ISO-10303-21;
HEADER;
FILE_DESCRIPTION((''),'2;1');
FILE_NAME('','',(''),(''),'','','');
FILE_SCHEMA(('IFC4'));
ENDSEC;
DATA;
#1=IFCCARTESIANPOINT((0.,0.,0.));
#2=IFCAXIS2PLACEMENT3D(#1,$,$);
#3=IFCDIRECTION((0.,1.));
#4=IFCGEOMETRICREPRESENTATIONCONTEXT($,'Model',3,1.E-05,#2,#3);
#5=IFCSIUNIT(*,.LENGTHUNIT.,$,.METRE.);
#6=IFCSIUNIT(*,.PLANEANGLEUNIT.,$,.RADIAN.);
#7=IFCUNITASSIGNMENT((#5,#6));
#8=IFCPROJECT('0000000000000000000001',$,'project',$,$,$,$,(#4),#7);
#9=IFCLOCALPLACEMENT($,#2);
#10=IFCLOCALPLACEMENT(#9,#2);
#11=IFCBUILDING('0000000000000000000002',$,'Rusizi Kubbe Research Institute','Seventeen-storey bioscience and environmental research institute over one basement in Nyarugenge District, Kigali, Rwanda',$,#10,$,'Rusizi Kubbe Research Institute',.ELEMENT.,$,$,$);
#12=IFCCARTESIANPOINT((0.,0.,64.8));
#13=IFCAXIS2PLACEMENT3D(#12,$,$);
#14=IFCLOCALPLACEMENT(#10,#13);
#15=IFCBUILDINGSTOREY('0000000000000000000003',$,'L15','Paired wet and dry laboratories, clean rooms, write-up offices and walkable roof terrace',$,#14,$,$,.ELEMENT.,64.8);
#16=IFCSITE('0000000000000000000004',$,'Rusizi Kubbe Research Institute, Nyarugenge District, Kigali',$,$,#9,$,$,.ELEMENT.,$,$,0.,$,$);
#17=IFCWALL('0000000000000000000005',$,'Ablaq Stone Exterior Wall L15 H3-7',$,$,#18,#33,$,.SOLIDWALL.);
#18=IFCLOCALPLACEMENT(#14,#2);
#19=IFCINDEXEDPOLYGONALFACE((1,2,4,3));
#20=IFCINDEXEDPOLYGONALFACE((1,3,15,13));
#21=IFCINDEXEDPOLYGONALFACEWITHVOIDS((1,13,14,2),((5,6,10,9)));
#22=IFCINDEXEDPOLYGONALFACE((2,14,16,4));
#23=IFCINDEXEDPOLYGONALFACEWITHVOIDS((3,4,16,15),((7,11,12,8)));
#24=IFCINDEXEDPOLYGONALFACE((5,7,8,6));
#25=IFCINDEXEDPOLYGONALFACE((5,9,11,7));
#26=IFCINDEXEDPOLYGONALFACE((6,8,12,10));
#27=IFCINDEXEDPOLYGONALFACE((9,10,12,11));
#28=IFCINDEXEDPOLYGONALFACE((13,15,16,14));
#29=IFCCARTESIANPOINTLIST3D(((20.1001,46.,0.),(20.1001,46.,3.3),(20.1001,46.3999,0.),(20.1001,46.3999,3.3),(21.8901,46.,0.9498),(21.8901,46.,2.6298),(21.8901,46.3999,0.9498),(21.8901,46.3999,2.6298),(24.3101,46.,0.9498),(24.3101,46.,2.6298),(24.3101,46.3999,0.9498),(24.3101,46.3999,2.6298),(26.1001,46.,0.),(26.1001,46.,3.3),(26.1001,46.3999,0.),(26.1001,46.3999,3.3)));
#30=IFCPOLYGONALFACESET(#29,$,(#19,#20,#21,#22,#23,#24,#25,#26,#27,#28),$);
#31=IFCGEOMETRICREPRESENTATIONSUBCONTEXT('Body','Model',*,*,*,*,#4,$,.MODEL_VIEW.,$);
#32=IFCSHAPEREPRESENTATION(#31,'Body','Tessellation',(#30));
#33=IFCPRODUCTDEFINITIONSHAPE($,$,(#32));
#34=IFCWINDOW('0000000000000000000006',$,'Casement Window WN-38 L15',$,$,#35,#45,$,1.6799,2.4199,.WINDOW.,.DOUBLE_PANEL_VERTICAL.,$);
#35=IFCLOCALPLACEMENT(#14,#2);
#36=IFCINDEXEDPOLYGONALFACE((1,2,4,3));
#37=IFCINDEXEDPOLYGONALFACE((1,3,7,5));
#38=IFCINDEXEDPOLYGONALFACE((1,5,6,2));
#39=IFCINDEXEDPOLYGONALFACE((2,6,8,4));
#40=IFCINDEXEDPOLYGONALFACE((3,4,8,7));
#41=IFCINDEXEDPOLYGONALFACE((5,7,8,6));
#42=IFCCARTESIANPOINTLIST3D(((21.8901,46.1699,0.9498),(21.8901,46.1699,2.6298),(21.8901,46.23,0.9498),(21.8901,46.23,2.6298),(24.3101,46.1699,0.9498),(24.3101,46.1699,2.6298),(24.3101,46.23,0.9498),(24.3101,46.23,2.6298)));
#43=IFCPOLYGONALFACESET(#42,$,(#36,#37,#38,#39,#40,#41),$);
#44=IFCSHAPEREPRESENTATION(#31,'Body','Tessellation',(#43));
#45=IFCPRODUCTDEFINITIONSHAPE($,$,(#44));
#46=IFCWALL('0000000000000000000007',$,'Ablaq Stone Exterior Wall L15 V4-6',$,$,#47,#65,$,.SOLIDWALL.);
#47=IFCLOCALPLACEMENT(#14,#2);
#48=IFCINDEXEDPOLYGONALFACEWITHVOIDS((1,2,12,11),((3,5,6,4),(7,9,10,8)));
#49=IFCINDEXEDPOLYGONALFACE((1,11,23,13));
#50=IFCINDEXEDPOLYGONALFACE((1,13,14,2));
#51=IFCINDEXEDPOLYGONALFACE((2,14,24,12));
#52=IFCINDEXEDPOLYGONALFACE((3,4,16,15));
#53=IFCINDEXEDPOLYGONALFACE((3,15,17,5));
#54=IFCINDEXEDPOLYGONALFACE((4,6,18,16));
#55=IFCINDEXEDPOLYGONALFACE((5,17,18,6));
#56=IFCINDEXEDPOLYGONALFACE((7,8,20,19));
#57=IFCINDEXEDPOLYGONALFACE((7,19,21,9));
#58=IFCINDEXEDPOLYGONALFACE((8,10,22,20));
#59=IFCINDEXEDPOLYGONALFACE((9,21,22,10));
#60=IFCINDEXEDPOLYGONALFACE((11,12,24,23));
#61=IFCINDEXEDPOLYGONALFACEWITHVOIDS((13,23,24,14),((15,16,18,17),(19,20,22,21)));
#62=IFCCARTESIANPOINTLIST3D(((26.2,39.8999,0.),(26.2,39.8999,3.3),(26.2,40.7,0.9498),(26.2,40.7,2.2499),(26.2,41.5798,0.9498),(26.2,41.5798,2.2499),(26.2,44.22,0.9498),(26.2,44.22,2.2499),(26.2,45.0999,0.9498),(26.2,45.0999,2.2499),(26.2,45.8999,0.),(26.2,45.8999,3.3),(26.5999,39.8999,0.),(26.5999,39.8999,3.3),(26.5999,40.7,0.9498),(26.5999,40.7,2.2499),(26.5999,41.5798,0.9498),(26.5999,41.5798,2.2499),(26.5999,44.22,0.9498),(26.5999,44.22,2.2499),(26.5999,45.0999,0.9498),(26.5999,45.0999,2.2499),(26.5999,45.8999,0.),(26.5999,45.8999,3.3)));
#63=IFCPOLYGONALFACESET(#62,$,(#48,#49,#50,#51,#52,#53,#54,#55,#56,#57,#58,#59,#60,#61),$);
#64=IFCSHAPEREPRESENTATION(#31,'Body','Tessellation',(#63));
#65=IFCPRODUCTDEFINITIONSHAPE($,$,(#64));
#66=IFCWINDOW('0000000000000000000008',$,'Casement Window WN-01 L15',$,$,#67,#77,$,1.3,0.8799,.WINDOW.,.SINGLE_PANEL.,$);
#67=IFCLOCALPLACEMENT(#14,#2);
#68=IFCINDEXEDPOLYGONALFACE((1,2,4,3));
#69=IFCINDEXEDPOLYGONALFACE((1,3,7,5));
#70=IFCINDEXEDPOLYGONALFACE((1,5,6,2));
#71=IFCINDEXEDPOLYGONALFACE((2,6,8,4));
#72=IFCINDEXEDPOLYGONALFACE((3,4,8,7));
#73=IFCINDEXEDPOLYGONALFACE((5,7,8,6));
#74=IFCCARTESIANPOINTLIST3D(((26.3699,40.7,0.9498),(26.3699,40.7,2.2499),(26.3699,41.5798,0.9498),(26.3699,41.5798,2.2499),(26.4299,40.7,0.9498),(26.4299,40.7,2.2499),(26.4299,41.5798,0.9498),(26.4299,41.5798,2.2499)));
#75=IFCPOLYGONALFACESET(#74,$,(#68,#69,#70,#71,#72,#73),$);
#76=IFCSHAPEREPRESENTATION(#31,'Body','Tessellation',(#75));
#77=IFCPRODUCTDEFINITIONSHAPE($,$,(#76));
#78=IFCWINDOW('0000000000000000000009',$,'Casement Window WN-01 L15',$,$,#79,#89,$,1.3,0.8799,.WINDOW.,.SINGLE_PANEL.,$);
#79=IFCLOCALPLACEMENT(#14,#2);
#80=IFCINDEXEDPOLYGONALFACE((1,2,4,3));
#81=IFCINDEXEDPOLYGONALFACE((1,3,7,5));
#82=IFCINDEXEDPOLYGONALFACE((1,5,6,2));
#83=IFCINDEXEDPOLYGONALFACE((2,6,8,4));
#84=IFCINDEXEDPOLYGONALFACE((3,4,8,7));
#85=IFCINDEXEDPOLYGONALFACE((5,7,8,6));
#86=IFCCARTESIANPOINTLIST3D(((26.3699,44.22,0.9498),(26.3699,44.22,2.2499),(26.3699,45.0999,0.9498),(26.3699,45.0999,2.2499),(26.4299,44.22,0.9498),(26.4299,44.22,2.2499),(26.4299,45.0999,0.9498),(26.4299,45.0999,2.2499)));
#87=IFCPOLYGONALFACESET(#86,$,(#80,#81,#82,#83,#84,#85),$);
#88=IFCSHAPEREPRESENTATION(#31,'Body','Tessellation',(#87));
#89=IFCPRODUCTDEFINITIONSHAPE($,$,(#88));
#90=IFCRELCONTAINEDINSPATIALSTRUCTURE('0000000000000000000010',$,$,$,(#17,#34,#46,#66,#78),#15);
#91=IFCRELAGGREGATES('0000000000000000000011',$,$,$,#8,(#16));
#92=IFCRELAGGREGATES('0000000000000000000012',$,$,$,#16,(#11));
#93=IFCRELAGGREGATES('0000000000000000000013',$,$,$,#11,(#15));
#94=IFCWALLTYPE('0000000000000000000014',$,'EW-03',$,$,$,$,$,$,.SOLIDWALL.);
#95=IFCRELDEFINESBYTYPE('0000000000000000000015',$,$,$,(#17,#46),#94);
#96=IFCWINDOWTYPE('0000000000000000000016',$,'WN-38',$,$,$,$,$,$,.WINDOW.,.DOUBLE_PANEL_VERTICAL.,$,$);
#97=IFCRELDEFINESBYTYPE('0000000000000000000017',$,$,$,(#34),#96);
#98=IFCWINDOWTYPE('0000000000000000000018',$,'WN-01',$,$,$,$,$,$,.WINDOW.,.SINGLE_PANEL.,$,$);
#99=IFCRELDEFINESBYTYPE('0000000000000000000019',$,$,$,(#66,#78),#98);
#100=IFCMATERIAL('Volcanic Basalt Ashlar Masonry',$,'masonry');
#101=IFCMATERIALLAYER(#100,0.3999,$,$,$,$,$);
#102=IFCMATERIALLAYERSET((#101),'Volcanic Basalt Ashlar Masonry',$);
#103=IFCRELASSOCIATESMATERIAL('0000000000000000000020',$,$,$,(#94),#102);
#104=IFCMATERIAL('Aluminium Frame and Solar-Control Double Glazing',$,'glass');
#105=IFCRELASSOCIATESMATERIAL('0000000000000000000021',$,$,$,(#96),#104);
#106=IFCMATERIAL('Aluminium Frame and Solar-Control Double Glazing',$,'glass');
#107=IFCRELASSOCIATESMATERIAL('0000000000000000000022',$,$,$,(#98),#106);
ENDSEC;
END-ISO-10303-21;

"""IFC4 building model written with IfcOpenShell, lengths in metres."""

from ifc_helpers import new_model, si_unit, direction, frame, frame_2d, origin, place, context, subcontext, project, spatial, rectangle, extrude, material, layer, layer_set, type_object, element, fill, save


model = new_model("IFC4")

# Units and contexts
model_context = context("Model", 3, precision=1e-05, world=origin(), true_north=direction((0.0, 1.0)))
body_context = subcontext(model_context, "Body", "Model", "MODEL_VIEW")
ifc_project = project(units=[si_unit("LENGTHUNIT", "METRE"), si_unit("PLANEANGLEUNIT", "RADIAN")], contexts=[model_context])

# Site, building, storey
site_placement = place(None, origin())
site = spatial("IfcSite", under=ifc_project, at=site_placement, Name="Rusizi Kubbe Research Institute, Nyarugenge District, Kigali", CompositionType="ELEMENT", RefElevation=0.0)
building_placement = place(site_placement, origin())
building = spatial("IfcBuilding", under=site, at=building_placement, Name="Rusizi Kubbe Research Institute", Description="Seventeen-storey bioscience and environmental research institute over one basement in Nyarugenge District, Kigali, Rwanda", LongName="Rusizi Kubbe Research Institute", CompositionType="ELEMENT")
storey_placement = place(building_placement, frame((0.0, 0.0, 64.8)))
storey = spatial("IfcBuildingStorey", under=building, at=storey_placement, Name="L15", Description="Paired wet and dry laboratories, clean rooms, write-up offices and walkable roof terrace", CompositionType="ELEMENT", Elevation=64.8)

# Wall, opening, window
ifc_material_1 = material(Name="Volcanic Basalt Ashlar Masonry", Category="masonry")
ifc_layer_1 = layer(ifc_material_1, 0.3999)
ifc_layer_set_1 = layer_set([ifc_layer_1], Name="Volcanic Basalt Ashlar Masonry")
wall_type_1 = type_object("IfcWallType", Name="EW-03", PredefinedType="SOLIDWALL", material=ifc_layer_set_1)
wall_1_placement = place(storey_placement, frame((20.1001, 46.2, 0.0), z_axis=(0.0, 0.0, 1.0), x_axis=(1.0, 0.0, 0.0)))
wall_1 = element("IfcWall", 1, at=wall_1_placement, inside=storey, type_object=wall_type_1, Name="Ablaq Stone Exterior Wall L15 H3-7", PredefinedType="SOLIDWALL", context=body_context, shape_type="SweptSolid", body=[
    extrude(rectangle(XDim=6.0, YDim=0.3999, at=frame_2d((3.0, 0.0))), origin(), (0.0, 0.0, 1.0), 3.3),
])
opening_1_placement = place(wall_1_placement, frame((1.79, 0.0, 0.95)))
opening_1 = element("IfcOpeningElement", 2, at=opening_1_placement, cuts=wall_1, PredefinedType="OPENING", context=body_context, shape_type="SweptSolid", body=[
    extrude(rectangle(XDim=2.4199, YDim=1.6799, at=frame_2d((1.21, 0.8398))), frame((0.0, 0.21, 0.0), z_axis=(0.0, -1.0, 0.0), x_axis=(1.0, 0.0, 0.0)), (0.0, 0.0, 1.0), 0.4199),
])
ifc_material_2 = material(Name="Aluminium Frame and Solar-Control Double Glazing", Category="glass")
window_type_1 = type_object("IfcWindowType", Name="WN-38", PartitioningType="DOUBLE_PANEL_VERTICAL", PredefinedType="WINDOW", material=ifc_material_2)
window_1_placement = place(opening_1_placement, origin())
window_1 = element("IfcWindow", 3, at=window_1_placement, inside=storey, type_object=window_type_1, Name="Casement Window WN-38 L15", OverallHeight=1.6799, OverallWidth=2.4199, PartitioningType="DOUBLE_PANEL_VERTICAL", PredefinedType="WINDOW", context=body_context, shape_type="SweptSolid", body=[
    extrude(rectangle(XDim=2.4199, YDim=1.6799, at=frame_2d((1.21, 0.8398))), frame((0.0, 0.03, 0.0), z_axis=(0.0, -1.0, 0.0), x_axis=(1.0, 0.0, 0.0)), (0.0, 0.0, 1.0), 0.0601),
])
fill(opening_1, window_1)

# Wall, openings, windows
wall_2_placement = place(storey_placement, frame((26.3999, 39.8999, 0.0), z_axis=(0.0, 0.0, 1.0), x_axis=(0.0, 1.0, 0.0)))
wall_2 = element("IfcWall", 4, at=wall_2_placement, inside=storey, type_object=wall_type_1, Name="Ablaq Stone Exterior Wall L15 V4-6", PredefinedType="SOLIDWALL", context=body_context, shape_type="SweptSolid", body=[
    extrude(rectangle(XDim=6.0, YDim=0.3999, at=frame_2d((3.0, 0.0))), origin(), (0.0, 0.0, 1.0), 3.3),
])
opening_2_placement = place(wall_2_placement, frame((0.8, 0.0, 0.95)))
opening_2 = element("IfcOpeningElement", 5, at=opening_2_placement, cuts=wall_2, PredefinedType="OPENING", context=body_context, shape_type="SweptSolid", body=[
    extrude(rectangle(XDim=0.8799, YDim=1.3, at=frame_2d((0.4399, 0.6499))), frame((0.0, 0.21, 0.0), z_axis=(0.0, -1.0, 0.0), x_axis=(1.0, 0.0, 0.0)), (0.0, 0.0, 1.0), 0.4199),
])
opening_3_placement = place(wall_2_placement, frame((4.3201, 0.0, 0.95)))
opening_3 = element("IfcOpeningElement", 6, at=opening_3_placement, cuts=wall_2, PredefinedType="OPENING", context=body_context, shape_type="SweptSolid", body=[
    extrude(rectangle(XDim=0.8799, YDim=1.3, at=frame_2d((0.4399, 0.6499))), frame((0.0, 0.21, 0.0), z_axis=(0.0, -1.0, 0.0), x_axis=(1.0, 0.0, 0.0)), (0.0, 0.0, 1.0), 0.4199),
])
ifc_material_3 = material(Name="Aluminium Frame and Solar-Control Double Glazing", Category="glass")
window_type_2 = type_object("IfcWindowType", Name="WN-01", PartitioningType="SINGLE_PANEL", PredefinedType="WINDOW", material=ifc_material_3)
window_2_placement = place(opening_2_placement, origin())
window_2 = element("IfcWindow", 7, at=window_2_placement, inside=storey, type_object=window_type_2, Name="Casement Window WN-01 L15", OverallHeight=1.3, OverallWidth=0.8799, PartitioningType="SINGLE_PANEL", PredefinedType="WINDOW", context=body_context, shape_type="SweptSolid", body=[
    extrude(rectangle(XDim=0.8799, YDim=1.3, at=frame_2d((0.4399, 0.6499))), frame((0.0, 0.03, 0.0), z_axis=(0.0, -1.0, 0.0), x_axis=(1.0, 0.0, 0.0)), (0.0, 0.0, 1.0), 0.0601),
])
fill(opening_2, window_2)
window_3_placement = place(opening_3_placement, origin())
window_3 = element("IfcWindow", 8, at=window_3_placement, inside=storey, type_object=window_type_2, Name="Casement Window WN-01 L15", OverallHeight=1.3, OverallWidth=0.8799, PartitioningType="SINGLE_PANEL", PredefinedType="WINDOW", context=body_context, shape_type="SweptSolid", body=[
    extrude(rectangle(XDim=0.8799, YDim=1.3, at=frame_2d((0.4399, 0.6499))), frame((0.0, 0.03, 0.0), z_axis=(0.0, -1.0, 0.0), x_axis=(1.0, 0.0, 0.0)), (0.0, 0.0, 1.0), 0.0601),
])
fill(opening_3, window_3)

save(model, "model.ifc")
